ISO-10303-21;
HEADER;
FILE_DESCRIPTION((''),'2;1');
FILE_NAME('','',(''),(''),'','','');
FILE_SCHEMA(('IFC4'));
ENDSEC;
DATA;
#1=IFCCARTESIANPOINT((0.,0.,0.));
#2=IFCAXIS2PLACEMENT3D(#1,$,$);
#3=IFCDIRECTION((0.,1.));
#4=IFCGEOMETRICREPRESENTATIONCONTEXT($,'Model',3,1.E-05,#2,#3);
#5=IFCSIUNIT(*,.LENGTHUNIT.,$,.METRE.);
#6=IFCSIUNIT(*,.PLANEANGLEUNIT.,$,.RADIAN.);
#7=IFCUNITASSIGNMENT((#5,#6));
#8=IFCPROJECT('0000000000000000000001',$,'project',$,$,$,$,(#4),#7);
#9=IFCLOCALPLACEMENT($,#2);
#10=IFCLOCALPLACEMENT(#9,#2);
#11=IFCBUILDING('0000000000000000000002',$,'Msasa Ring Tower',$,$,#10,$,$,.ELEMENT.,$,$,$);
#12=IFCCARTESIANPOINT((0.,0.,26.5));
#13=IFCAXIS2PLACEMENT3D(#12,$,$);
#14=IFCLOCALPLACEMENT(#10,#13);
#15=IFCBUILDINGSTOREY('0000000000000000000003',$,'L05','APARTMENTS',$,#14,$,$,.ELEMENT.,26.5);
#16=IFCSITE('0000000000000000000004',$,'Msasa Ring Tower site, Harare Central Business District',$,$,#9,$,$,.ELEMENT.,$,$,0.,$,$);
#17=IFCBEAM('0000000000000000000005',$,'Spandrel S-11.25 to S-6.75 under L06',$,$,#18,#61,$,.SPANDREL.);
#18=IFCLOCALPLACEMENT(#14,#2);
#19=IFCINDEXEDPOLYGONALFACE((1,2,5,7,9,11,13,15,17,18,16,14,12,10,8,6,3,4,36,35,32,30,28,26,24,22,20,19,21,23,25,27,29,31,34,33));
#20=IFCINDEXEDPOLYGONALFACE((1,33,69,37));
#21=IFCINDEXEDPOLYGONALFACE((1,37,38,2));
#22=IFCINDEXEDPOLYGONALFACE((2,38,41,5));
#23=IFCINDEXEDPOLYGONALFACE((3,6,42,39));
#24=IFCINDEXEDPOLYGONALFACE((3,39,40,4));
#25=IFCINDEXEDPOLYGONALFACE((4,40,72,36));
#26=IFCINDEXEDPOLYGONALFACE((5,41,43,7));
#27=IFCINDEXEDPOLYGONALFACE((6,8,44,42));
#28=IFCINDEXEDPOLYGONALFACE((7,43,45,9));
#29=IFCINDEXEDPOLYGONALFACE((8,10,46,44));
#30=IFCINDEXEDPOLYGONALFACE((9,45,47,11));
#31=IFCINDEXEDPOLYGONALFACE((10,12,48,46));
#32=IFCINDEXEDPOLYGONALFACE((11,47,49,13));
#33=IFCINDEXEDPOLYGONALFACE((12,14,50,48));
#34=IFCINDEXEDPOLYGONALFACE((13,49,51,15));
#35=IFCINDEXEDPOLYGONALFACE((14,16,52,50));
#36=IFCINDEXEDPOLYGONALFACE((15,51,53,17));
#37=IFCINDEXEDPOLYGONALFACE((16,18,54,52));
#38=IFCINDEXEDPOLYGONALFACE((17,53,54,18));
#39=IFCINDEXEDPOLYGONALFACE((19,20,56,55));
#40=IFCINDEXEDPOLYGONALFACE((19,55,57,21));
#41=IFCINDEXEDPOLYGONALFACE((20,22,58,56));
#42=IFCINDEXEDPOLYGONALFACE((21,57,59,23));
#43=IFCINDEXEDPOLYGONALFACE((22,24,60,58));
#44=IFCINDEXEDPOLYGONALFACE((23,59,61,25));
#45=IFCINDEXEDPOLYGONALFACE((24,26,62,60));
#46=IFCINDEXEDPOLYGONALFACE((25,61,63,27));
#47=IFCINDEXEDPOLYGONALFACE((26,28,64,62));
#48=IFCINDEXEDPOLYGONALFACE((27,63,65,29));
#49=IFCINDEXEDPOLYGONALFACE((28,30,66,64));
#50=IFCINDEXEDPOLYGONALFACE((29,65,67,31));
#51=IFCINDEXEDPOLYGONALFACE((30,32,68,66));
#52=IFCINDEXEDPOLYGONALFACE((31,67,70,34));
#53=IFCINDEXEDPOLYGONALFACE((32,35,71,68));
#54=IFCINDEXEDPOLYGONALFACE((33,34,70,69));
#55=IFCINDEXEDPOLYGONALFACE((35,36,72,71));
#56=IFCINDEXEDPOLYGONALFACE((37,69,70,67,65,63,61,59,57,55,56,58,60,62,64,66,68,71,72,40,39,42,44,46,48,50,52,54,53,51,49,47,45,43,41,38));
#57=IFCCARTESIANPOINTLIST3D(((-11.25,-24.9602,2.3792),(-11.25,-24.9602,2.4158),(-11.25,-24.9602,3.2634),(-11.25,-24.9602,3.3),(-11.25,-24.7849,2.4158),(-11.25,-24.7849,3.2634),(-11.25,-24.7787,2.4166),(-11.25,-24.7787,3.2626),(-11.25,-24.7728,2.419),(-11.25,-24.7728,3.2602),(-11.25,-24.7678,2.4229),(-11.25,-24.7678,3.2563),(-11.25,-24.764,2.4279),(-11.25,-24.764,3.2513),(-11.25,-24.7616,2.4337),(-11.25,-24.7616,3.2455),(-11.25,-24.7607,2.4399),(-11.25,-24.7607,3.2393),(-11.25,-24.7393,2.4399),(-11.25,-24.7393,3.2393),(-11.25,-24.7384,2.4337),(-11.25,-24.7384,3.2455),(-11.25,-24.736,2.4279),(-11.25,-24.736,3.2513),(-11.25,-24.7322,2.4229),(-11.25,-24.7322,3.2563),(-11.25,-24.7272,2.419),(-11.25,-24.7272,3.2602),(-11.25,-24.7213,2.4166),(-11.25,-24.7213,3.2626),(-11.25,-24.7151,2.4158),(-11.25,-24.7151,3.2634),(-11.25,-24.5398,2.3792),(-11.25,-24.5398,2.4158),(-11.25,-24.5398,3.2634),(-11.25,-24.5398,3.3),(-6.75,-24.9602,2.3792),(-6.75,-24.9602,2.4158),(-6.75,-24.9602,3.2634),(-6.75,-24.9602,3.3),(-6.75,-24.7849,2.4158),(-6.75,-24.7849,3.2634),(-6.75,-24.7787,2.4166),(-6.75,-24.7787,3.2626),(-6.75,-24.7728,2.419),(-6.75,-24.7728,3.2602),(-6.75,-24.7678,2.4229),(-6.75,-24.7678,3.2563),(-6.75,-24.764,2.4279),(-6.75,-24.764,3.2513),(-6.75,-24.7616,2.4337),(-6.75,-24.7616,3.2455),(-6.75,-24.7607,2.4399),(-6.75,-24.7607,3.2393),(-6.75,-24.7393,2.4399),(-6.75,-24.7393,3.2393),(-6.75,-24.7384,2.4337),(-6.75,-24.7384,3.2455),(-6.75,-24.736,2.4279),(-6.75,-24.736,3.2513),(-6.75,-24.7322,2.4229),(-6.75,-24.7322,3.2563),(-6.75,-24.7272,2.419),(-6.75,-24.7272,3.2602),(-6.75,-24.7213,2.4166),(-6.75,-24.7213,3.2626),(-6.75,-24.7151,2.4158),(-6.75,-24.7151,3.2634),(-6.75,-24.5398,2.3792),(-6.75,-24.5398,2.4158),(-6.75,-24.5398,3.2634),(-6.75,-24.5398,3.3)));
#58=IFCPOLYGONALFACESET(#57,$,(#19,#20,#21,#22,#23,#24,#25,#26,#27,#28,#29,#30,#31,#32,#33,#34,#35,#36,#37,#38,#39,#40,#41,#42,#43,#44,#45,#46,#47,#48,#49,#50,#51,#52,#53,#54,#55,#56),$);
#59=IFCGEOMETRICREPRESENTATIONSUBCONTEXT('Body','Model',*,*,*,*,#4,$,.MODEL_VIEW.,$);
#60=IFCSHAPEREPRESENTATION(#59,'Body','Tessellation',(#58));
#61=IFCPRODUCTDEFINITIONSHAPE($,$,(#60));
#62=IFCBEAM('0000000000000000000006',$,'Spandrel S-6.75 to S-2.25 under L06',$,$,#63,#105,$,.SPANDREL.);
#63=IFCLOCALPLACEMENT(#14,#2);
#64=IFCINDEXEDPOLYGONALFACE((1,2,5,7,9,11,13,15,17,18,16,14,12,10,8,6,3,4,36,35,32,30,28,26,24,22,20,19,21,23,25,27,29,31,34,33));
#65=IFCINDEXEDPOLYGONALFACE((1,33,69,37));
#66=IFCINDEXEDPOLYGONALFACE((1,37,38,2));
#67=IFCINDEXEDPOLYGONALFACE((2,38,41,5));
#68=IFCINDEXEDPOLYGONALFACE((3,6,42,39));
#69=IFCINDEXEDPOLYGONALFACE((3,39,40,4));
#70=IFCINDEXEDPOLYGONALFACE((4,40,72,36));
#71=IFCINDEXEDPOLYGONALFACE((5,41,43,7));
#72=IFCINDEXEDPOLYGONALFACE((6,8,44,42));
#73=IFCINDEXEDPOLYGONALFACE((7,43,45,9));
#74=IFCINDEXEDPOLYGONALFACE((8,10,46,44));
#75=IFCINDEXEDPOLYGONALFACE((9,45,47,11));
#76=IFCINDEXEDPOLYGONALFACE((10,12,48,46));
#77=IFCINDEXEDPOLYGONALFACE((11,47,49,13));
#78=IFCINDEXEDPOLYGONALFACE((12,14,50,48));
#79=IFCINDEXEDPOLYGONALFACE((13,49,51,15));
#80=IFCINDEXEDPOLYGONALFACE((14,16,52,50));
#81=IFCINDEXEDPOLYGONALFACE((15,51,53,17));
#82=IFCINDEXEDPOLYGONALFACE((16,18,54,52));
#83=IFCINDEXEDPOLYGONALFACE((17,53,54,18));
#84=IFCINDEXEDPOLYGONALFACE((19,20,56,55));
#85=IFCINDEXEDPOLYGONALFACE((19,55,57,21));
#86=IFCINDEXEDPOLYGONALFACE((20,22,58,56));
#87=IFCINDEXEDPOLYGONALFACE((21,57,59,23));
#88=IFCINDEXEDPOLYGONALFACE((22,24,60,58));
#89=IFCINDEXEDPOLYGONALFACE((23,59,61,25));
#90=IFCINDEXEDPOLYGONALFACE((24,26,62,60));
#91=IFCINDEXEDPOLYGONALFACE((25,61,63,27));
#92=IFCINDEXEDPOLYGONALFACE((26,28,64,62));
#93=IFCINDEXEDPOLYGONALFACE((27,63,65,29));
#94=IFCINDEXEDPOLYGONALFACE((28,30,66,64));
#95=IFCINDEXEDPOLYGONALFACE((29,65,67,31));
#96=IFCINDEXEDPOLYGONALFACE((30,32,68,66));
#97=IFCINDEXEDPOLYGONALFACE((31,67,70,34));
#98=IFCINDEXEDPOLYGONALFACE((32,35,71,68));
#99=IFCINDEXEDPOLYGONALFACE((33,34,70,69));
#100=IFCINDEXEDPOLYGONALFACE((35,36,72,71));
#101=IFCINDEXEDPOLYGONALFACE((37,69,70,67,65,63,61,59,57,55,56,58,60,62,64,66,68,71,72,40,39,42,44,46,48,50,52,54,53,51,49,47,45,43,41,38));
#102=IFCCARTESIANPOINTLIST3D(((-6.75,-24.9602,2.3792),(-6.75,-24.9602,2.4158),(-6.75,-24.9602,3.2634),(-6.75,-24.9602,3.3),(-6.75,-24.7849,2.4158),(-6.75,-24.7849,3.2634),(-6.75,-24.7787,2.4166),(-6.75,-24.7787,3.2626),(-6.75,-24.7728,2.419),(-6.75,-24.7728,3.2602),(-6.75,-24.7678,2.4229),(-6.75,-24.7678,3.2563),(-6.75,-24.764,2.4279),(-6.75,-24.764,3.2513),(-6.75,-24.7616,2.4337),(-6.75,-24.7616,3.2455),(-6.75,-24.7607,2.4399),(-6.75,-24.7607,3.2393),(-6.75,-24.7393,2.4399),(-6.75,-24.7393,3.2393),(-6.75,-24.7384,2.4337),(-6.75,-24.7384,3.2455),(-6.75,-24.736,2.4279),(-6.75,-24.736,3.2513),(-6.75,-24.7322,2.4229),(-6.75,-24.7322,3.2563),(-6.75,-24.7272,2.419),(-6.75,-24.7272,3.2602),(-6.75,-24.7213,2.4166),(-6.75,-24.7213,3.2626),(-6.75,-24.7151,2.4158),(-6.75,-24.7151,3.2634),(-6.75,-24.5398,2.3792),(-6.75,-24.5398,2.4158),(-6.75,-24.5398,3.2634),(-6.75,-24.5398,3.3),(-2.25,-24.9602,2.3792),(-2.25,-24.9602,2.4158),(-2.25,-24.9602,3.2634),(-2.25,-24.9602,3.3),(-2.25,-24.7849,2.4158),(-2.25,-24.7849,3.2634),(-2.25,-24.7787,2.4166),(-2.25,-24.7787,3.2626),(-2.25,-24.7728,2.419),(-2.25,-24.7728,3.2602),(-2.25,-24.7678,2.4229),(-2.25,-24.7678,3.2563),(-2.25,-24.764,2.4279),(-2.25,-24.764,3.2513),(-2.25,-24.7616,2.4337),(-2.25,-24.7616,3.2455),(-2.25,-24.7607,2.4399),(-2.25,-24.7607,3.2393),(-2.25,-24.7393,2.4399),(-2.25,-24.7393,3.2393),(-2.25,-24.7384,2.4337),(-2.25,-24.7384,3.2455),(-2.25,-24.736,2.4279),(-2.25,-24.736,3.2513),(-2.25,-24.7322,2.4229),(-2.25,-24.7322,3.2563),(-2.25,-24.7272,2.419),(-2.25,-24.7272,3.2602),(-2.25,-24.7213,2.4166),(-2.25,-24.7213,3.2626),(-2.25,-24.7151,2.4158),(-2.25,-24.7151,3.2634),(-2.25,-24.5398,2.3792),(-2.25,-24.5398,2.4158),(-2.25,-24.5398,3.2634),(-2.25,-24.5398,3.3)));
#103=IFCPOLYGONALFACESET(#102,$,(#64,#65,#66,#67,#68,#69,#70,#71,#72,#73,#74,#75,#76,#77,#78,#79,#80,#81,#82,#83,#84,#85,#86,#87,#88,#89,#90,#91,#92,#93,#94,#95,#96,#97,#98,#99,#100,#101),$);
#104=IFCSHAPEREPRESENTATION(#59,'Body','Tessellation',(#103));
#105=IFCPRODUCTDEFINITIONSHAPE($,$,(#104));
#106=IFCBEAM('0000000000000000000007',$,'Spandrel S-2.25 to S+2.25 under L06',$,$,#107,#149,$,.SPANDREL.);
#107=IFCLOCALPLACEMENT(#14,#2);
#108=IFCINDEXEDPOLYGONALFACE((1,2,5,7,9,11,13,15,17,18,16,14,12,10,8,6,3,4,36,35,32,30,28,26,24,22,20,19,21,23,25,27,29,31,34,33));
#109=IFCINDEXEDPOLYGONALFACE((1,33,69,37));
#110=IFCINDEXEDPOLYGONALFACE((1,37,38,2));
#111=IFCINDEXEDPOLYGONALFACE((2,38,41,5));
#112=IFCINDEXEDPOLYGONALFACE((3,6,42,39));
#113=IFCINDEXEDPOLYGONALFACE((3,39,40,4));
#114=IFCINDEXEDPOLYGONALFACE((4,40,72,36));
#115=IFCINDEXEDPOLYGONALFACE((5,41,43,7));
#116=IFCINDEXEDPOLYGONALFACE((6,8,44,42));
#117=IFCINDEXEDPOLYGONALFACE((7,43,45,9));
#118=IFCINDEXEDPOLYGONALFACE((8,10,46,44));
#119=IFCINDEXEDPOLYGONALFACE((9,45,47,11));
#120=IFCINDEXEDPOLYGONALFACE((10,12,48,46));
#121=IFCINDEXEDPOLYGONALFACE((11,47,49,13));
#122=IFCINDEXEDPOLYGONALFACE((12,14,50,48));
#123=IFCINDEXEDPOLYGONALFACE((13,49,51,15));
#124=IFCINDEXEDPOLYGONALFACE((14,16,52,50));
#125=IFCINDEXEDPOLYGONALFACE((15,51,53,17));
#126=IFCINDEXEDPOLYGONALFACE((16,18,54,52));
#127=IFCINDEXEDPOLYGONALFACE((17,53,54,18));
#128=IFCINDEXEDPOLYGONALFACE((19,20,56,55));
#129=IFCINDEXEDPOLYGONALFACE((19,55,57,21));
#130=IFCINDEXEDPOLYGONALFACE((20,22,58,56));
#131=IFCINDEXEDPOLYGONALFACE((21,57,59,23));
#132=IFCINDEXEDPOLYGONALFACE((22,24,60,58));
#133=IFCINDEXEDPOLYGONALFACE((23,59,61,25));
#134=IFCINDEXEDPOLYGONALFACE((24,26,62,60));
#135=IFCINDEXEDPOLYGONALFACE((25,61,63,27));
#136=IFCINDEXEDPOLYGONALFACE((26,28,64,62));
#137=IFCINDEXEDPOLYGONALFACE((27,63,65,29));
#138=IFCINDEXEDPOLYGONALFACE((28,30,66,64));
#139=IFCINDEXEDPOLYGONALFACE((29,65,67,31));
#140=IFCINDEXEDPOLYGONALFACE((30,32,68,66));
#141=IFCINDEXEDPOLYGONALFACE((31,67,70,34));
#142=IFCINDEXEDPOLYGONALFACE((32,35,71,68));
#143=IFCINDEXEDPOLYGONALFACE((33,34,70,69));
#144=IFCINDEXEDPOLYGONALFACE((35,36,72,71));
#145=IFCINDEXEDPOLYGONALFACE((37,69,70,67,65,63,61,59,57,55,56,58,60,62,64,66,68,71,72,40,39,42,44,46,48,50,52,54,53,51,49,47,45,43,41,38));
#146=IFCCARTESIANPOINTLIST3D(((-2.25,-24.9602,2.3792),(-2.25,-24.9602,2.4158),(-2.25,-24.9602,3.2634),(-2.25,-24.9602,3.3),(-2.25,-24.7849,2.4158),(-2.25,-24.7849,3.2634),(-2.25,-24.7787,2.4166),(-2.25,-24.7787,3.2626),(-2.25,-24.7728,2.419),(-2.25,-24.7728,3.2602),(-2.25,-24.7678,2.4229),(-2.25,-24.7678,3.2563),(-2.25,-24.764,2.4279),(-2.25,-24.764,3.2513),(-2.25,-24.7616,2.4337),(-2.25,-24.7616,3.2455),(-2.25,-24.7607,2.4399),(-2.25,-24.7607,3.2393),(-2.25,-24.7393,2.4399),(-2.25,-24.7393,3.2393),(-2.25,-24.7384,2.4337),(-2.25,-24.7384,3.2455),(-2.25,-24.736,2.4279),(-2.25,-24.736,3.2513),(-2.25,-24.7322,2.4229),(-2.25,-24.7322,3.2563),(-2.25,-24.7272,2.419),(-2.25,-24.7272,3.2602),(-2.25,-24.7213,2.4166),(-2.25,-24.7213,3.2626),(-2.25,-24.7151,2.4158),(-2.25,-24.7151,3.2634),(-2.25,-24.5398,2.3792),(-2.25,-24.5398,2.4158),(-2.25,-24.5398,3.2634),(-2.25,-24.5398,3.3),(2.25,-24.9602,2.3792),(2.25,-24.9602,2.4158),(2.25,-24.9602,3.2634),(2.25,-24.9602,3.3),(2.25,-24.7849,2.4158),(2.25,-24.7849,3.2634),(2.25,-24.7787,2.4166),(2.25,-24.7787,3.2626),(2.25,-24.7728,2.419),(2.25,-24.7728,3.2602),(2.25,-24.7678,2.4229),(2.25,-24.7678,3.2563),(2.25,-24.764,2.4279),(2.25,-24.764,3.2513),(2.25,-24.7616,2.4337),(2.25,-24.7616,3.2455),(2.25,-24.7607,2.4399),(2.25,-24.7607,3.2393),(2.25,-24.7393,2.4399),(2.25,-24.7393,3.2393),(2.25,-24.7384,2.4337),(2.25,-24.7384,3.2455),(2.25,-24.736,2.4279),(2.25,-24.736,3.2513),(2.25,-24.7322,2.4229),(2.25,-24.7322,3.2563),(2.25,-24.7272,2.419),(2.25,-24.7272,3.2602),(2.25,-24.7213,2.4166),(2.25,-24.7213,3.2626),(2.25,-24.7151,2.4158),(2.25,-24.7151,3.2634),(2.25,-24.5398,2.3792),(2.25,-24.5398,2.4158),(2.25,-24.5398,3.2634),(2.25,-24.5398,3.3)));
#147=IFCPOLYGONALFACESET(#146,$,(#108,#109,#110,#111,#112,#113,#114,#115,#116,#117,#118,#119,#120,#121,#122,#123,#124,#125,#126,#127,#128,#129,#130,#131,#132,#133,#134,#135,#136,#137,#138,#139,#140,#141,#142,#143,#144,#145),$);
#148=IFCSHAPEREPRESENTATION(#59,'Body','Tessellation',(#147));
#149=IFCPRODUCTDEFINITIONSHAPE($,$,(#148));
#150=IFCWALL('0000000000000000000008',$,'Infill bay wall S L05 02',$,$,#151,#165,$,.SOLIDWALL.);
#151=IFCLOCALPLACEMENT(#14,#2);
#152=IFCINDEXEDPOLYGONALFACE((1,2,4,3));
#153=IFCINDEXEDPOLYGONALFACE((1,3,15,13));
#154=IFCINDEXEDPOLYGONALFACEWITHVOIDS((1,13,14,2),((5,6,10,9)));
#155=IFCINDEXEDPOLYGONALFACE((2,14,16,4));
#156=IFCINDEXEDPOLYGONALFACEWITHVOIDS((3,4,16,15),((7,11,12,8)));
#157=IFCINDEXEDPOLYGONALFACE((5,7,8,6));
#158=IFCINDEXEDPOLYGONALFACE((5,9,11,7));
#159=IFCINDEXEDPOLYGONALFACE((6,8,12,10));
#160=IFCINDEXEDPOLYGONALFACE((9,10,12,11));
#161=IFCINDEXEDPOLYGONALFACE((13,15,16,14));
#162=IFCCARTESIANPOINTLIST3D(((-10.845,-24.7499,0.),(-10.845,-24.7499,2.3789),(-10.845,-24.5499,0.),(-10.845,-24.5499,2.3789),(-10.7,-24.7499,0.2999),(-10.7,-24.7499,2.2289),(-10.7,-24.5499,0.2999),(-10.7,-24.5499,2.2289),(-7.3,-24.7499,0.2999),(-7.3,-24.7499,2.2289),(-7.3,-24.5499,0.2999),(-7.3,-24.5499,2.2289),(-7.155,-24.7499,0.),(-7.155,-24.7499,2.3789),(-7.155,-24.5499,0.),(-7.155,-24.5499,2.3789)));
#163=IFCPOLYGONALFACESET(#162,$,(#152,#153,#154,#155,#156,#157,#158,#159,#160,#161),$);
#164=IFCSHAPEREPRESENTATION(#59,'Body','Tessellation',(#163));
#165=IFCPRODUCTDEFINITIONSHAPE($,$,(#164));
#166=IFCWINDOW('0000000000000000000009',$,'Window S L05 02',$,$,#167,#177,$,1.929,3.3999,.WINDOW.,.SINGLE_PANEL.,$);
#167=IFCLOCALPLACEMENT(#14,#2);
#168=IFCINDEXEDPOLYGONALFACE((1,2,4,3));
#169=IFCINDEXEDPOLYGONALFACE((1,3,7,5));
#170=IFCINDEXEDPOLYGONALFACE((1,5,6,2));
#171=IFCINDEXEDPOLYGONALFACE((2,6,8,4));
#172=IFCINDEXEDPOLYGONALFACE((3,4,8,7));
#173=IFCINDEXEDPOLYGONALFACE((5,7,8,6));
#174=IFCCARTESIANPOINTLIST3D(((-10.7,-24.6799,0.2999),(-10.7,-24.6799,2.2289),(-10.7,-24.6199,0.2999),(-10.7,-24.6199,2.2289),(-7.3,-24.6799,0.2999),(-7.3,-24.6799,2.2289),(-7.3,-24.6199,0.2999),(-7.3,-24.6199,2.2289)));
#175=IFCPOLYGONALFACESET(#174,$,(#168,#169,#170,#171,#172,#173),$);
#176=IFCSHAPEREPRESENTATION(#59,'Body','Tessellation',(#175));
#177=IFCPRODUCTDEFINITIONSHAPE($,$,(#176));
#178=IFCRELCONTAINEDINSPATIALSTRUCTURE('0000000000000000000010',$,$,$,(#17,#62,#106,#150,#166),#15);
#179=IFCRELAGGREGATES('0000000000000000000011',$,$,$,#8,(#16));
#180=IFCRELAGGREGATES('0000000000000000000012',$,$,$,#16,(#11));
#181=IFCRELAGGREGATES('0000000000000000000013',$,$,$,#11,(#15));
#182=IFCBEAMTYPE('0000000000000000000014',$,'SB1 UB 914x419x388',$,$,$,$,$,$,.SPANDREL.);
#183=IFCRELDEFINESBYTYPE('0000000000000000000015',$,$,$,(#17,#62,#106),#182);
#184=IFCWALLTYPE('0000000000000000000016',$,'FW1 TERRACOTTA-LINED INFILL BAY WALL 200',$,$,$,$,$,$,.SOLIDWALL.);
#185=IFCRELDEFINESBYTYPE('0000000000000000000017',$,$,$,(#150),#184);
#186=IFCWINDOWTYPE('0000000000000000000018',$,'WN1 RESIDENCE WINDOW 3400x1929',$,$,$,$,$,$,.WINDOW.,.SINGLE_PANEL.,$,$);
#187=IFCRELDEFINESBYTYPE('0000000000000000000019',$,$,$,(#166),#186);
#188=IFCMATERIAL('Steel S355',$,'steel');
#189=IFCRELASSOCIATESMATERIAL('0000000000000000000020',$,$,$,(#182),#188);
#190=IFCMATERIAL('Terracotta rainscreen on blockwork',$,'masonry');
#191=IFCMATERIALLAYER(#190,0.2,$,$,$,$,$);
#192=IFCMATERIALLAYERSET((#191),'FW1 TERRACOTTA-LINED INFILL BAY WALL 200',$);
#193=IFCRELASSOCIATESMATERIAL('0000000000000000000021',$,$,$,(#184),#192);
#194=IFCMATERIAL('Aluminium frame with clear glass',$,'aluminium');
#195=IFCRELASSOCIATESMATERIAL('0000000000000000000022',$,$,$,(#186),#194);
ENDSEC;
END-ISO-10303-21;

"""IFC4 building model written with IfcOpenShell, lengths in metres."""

from ifc_helpers import new_model, si_unit, direction, frame, frame_2d, origin, origin_2d, place, context, subcontext, project, spatial, rectangle, i_section, extrude, material, layer, layer_set, material_profile, profile_set, type_object, element, fill, save


model = new_model("IFC4")

# Units and contexts
model_context = context("Model", 3, precision=1e-05, world=origin(), true_north=direction((0.0, 1.0)))
body_context = subcontext(model_context, "Body", "Model", "MODEL_VIEW")
ifc_project = project(units=[si_unit("LENGTHUNIT", "METRE"), si_unit("PLANEANGLEUNIT", "RADIAN")], contexts=[model_context])

# Site, building, storey
site_placement = place(None, origin())
site = spatial("IfcSite", under=ifc_project, at=site_placement, Name="Msasa Ring Tower site, Harare Central Business District", CompositionType="ELEMENT", RefElevation=0.0)
building_placement = place(site_placement, origin())
building = spatial("IfcBuilding", under=site, at=building_placement, Name="Msasa Ring Tower", CompositionType="ELEMENT")
storey_placement = place(building_placement, frame((0.0, 0.0, 26.5)))
storey = spatial("IfcBuildingStorey", under=building, at=storey_placement, Name="L05", Description="APARTMENTS", CompositionType="ELEMENT", Elevation=26.5)

# Beams
ifc_material_1 = material(Name="Steel S355", Category="steel")
ifc_material_profile_1 = material_profile(ifc_material_1, i_section(OverallWidth=0.4204, OverallDepth=0.9209, WebThickness=0.0215, FlangeThickness=0.0366, FilletRadius=0.0242, at=origin_2d()), Name="UB 914x419x388")
ifc_profile_set_1 = profile_set([ifc_material_profile_1], Name="Steel S355")
beam_type_1 = type_object("IfcBeamType", Name="SB1 UB 914x419x388", PredefinedType="SPANDREL", material=ifc_profile_set_1)
for number, where, z_axis, x_axis, name in (
    (1, (-11.25, -24.75, 2.8396), (1.0, 0.0, 0.0), (0.0, 1.0, 0.0), "Spandrel S-11.25 to S-6.75 under L06"),
    (2, (-6.75, -24.75, 2.8396), (1.0, 0.0, 0.0), (0.0, 1.0, 0.0), "Spandrel S-6.75 to S-2.25 under L06"),
    (3, (-2.25, -24.75, 2.8396), (1.0, 0.0, 0.0), (0.0, 1.0, 0.0), "Spandrel S-2.25 to S+2.25 under L06"),
):
    element("IfcBeam", number, at=place(storey_placement, frame(where, z_axis=z_axis, x_axis=x_axis)), inside=storey, type_object=beam_type_1, Name=name, PredefinedType="SPANDREL", context=body_context, shape_type="SweptSolid", body=[
        extrude(i_section(OverallWidth=0.4204, OverallDepth=0.9209, WebThickness=0.0215, FlangeThickness=0.0366, FilletRadius=0.0242, at=origin_2d()), origin(), (0.0, 0.0, 1.0), 4.5),
    ])

# Wall, opening, window
ifc_material_2 = material(Name="Terracotta rainscreen on blockwork", Category="masonry")
ifc_layer_1 = layer(ifc_material_2, 0.2)
ifc_layer_set_1 = layer_set([ifc_layer_1], Name="FW1 TERRACOTTA-LINED INFILL BAY WALL 200")
wall_type_1 = type_object("IfcWallType", Name="FW1 TERRACOTTA-LINED INFILL BAY WALL 200", PredefinedType="SOLIDWALL", material=ifc_layer_set_1)
wall_1_placement = place(storey_placement, frame((-10.845, -24.6499, 0.0), z_axis=(0.0, 0.0, 1.0), x_axis=(1.0, 0.0, 0.0)))
wall_1 = element("IfcWall", 4, at=wall_1_placement, inside=storey, type_object=wall_type_1, Name="Infill bay wall S L05 02", PredefinedType="SOLIDWALL", context=body_context, shape_type="SweptSolid", body=[
    extrude(rectangle(XDim=3.6899, YDim=0.2, at=frame_2d((1.845, 0.0))), origin(), (0.0, 0.0, 1.0), 2.3789),
])
opening_1_placement = place(wall_1_placement, frame((0.145, 0.0, 0.3)))
opening_1 = element("IfcOpeningElement", 5, at=opening_1_placement, cuts=wall_1, PredefinedType="OPENING", context=body_context, shape_type="SweptSolid", body=[
    extrude(rectangle(XDim=3.3999, YDim=1.929, at=frame_2d((1.7, 0.9644))), frame((0.0, 0.1099, 0.0), z_axis=(0.0, -1.0, 0.0), x_axis=(1.0, 0.0, 0.0)), (0.0, 0.0, 1.0), 0.22),
])
ifc_material_3 = material(Name="Aluminium frame with clear glass", Category="aluminium")
window_type = type_object("IfcWindowType", Name="WN1 RESIDENCE WINDOW 3400x1929", PartitioningType="SINGLE_PANEL", PredefinedType="WINDOW", material=ifc_material_3)
window_1_placement = place(opening_1_placement, origin())
window_1 = element("IfcWindow", 6, at=window_1_placement, inside=storey, type_object=window_type, Name="Window S L05 02", OverallHeight=1.929, OverallWidth=3.3999, PartitioningType="SINGLE_PANEL", PredefinedType="WINDOW", context=body_context, shape_type="SweptSolid", body=[
    extrude(rectangle(XDim=3.3999, YDim=1.929, at=frame_2d((1.7, 0.9644))), frame((0.0, 0.03, 0.0), z_axis=(0.0, -1.0, 0.0), x_axis=(1.0, 0.0, 0.0)), (0.0, 0.0, 1.0), 0.0601),
])
fill(opening_1, window_1)

save(model, "model.ifc")
